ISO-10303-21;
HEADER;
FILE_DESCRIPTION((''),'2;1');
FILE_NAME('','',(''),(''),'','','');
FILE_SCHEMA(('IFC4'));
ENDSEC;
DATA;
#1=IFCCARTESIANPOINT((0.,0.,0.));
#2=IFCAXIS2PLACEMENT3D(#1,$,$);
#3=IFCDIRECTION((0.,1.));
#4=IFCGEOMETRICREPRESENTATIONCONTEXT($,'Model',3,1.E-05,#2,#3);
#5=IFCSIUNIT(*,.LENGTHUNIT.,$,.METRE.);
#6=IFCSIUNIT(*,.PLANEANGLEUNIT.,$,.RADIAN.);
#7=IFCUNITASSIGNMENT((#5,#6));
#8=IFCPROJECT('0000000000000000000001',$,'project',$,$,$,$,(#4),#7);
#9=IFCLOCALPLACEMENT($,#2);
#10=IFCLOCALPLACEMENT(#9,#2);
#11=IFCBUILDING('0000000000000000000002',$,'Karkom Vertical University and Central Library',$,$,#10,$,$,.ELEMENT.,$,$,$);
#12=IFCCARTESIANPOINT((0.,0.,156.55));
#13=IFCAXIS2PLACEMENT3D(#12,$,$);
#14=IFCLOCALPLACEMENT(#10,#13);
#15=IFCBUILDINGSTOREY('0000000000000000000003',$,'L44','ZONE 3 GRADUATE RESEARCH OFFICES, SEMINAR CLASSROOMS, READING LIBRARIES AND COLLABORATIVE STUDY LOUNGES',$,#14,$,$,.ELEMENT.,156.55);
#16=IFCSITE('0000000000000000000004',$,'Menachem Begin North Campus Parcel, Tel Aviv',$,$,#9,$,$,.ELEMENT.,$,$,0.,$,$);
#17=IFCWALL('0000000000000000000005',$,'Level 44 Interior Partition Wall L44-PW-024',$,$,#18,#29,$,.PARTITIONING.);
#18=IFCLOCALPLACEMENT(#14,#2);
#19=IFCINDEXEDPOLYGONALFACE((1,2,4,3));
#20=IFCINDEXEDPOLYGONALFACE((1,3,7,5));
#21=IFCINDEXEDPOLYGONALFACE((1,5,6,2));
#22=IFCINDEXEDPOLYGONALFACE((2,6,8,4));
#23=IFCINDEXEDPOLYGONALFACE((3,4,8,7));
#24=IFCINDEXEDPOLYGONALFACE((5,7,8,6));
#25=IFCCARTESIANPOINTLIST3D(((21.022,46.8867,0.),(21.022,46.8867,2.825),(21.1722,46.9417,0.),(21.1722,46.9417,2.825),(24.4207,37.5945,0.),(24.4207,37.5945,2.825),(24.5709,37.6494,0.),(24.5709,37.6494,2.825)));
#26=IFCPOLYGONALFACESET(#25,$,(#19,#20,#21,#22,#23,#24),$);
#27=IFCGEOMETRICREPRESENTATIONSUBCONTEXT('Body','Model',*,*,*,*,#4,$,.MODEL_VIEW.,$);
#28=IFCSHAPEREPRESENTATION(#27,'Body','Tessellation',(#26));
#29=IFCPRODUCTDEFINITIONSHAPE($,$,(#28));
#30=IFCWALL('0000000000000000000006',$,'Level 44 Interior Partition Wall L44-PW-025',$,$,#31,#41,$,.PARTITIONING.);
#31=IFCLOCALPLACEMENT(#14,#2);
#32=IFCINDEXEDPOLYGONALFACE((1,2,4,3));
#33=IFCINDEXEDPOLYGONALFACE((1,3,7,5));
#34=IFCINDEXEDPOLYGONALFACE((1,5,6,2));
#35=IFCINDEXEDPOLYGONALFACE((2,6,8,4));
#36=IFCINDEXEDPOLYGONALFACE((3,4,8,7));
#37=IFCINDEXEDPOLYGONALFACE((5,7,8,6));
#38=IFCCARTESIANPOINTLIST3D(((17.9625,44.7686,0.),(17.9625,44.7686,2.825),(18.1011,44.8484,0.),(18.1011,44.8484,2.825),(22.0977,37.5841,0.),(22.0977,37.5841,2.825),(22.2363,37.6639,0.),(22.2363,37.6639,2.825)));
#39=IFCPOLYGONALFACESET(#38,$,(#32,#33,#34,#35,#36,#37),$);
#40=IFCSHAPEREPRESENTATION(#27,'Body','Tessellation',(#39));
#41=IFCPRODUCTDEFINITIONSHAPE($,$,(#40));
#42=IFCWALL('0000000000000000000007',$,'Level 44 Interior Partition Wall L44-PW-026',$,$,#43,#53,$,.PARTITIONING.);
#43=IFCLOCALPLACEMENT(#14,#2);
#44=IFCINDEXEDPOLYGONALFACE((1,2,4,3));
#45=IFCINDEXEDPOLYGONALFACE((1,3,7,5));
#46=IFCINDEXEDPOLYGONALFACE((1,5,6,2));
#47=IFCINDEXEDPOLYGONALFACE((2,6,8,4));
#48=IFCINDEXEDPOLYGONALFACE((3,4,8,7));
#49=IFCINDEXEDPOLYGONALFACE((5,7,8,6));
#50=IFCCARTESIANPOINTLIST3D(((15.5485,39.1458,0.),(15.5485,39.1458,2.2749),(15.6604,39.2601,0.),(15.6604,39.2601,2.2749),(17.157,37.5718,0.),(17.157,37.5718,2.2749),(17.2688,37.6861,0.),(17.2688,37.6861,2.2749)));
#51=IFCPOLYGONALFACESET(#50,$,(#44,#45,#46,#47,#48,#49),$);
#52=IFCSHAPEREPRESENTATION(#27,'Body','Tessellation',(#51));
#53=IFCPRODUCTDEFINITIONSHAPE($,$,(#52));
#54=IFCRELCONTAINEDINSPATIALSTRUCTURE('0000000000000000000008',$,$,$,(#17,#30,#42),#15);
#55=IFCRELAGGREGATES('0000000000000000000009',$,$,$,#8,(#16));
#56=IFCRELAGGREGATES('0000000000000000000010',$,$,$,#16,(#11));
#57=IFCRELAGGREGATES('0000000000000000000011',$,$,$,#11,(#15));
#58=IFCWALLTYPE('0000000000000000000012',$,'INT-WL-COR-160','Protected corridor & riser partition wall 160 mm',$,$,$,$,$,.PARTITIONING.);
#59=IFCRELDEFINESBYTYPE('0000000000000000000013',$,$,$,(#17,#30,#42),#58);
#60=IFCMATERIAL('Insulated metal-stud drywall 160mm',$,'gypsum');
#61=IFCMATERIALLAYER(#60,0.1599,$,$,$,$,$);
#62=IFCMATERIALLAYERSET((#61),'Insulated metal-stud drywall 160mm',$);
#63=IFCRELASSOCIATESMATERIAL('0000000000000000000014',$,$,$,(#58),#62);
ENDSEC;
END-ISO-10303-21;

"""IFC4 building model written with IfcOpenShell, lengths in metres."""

from ifc_helpers import new_model, si_unit, direction, frame, frame_2d, origin, place, context, subcontext, project, spatial, rectangle, extrude, material, layer, layer_set, type_object, element, save


model = new_model("IFC4")

# Units and contexts
model_context = context("Model", 3, precision=1e-05, world=origin(), true_north=direction((0.0, 1.0)))
body_context = subcontext(model_context, "Body", "Model", "MODEL_VIEW")
ifc_project = project(units=[si_unit("LENGTHUNIT", "METRE"), si_unit("PLANEANGLEUNIT", "RADIAN")], contexts=[model_context])

# Site, building, storey
site_placement = place(None, origin())
site = spatial("IfcSite", under=ifc_project, at=site_placement, Name="Menachem Begin North Campus Parcel, Tel Aviv", CompositionType="ELEMENT", RefElevation=0.0)
building_placement = place(site_placement, origin())
building = spatial("IfcBuilding", under=site, at=building_placement, Name="Karkom Vertical University and Central Library", CompositionType="ELEMENT")
storey_placement = place(building_placement, frame((0.0, 0.0, 156.55)))
storey = spatial("IfcBuildingStorey", under=building, at=storey_placement, Name="L44", Description="ZONE 3 GRADUATE RESEARCH OFFICES, SEMINAR CLASSROOMS, READING LIBRARIES AND COLLABORATIVE STUDY LOUNGES", CompositionType="ELEMENT", Elevation=156.55)

# Walls
ifc_material_1 = material(Name="Insulated metal-stud drywall 160mm", Category="gypsum")
ifc_layer_1 = layer(ifc_material_1, 0.1599)
ifc_layer_set_1 = layer_set([ifc_layer_1], Name="Insulated metal-stud drywall 160mm")
wall_type_1 = type_object("IfcWallType", Name="INT-WL-COR-160", Description="Protected corridor & riser partition wall 160 mm", PredefinedType="PARTITIONING", material=ifc_layer_set_1)
wall_1_placement = place(storey_placement, frame((24.4958, 37.6218, 0.0), z_axis=(0.0, 0.0, 1.0), x_axis=(-0.3435, 0.939153, 0.0)))
element("IfcWall", 1, at=wall_1_placement, inside=storey, type_object=wall_type_1, Name="Level 44 Interior Partition Wall L44-PW-024", PredefinedType="PARTITIONING", context=body_context, shape_type="SweptSolid", body=[
    extrude(rectangle(XDim=9.8943, YDim=0.1599, at=frame_2d((4.9473, 0.0))), origin(), (0.0, 0.0, 1.0), 2.825),
])
wall_2_placement = place(storey_placement, frame((22.167, 37.624, 0.0), z_axis=(0.0, 0.0, 1.0), x_axis=(-0.498845, 0.866691, 0.0)))
element("IfcWall", 2, at=wall_2_placement, inside=storey, type_object=wall_type_1, Name="Level 44 Interior Partition Wall L44-PW-025", PredefinedType="PARTITIONING", context=body_context, shape_type="SweptSolid", body=[
    extrude(rectangle(XDim=8.2896, YDim=0.1599, at=frame_2d((4.1448, 0.0))), origin(), (0.0, 0.0, 1.0), 2.825),
])
wall_3_placement = place(storey_placement, frame((17.2129, 37.6289, 0.0), z_axis=(0.0, 0.0, 1.0), x_axis=(-0.714714, 0.699417, 0.0)))
element("IfcWall", 3, at=wall_3_placement, inside=storey, type_object=wall_type_1, Name="Level 44 Interior Partition Wall L44-PW-026", PredefinedType="PARTITIONING", context=body_context, shape_type="SweptSolid", body=[
    extrude(rectangle(XDim=2.2505, YDim=0.1599, at=frame_2d((1.1252, 0.0))), origin(), (0.0, 0.0, 1.0), 2.2749),
])

save(model, "model.ifc")
